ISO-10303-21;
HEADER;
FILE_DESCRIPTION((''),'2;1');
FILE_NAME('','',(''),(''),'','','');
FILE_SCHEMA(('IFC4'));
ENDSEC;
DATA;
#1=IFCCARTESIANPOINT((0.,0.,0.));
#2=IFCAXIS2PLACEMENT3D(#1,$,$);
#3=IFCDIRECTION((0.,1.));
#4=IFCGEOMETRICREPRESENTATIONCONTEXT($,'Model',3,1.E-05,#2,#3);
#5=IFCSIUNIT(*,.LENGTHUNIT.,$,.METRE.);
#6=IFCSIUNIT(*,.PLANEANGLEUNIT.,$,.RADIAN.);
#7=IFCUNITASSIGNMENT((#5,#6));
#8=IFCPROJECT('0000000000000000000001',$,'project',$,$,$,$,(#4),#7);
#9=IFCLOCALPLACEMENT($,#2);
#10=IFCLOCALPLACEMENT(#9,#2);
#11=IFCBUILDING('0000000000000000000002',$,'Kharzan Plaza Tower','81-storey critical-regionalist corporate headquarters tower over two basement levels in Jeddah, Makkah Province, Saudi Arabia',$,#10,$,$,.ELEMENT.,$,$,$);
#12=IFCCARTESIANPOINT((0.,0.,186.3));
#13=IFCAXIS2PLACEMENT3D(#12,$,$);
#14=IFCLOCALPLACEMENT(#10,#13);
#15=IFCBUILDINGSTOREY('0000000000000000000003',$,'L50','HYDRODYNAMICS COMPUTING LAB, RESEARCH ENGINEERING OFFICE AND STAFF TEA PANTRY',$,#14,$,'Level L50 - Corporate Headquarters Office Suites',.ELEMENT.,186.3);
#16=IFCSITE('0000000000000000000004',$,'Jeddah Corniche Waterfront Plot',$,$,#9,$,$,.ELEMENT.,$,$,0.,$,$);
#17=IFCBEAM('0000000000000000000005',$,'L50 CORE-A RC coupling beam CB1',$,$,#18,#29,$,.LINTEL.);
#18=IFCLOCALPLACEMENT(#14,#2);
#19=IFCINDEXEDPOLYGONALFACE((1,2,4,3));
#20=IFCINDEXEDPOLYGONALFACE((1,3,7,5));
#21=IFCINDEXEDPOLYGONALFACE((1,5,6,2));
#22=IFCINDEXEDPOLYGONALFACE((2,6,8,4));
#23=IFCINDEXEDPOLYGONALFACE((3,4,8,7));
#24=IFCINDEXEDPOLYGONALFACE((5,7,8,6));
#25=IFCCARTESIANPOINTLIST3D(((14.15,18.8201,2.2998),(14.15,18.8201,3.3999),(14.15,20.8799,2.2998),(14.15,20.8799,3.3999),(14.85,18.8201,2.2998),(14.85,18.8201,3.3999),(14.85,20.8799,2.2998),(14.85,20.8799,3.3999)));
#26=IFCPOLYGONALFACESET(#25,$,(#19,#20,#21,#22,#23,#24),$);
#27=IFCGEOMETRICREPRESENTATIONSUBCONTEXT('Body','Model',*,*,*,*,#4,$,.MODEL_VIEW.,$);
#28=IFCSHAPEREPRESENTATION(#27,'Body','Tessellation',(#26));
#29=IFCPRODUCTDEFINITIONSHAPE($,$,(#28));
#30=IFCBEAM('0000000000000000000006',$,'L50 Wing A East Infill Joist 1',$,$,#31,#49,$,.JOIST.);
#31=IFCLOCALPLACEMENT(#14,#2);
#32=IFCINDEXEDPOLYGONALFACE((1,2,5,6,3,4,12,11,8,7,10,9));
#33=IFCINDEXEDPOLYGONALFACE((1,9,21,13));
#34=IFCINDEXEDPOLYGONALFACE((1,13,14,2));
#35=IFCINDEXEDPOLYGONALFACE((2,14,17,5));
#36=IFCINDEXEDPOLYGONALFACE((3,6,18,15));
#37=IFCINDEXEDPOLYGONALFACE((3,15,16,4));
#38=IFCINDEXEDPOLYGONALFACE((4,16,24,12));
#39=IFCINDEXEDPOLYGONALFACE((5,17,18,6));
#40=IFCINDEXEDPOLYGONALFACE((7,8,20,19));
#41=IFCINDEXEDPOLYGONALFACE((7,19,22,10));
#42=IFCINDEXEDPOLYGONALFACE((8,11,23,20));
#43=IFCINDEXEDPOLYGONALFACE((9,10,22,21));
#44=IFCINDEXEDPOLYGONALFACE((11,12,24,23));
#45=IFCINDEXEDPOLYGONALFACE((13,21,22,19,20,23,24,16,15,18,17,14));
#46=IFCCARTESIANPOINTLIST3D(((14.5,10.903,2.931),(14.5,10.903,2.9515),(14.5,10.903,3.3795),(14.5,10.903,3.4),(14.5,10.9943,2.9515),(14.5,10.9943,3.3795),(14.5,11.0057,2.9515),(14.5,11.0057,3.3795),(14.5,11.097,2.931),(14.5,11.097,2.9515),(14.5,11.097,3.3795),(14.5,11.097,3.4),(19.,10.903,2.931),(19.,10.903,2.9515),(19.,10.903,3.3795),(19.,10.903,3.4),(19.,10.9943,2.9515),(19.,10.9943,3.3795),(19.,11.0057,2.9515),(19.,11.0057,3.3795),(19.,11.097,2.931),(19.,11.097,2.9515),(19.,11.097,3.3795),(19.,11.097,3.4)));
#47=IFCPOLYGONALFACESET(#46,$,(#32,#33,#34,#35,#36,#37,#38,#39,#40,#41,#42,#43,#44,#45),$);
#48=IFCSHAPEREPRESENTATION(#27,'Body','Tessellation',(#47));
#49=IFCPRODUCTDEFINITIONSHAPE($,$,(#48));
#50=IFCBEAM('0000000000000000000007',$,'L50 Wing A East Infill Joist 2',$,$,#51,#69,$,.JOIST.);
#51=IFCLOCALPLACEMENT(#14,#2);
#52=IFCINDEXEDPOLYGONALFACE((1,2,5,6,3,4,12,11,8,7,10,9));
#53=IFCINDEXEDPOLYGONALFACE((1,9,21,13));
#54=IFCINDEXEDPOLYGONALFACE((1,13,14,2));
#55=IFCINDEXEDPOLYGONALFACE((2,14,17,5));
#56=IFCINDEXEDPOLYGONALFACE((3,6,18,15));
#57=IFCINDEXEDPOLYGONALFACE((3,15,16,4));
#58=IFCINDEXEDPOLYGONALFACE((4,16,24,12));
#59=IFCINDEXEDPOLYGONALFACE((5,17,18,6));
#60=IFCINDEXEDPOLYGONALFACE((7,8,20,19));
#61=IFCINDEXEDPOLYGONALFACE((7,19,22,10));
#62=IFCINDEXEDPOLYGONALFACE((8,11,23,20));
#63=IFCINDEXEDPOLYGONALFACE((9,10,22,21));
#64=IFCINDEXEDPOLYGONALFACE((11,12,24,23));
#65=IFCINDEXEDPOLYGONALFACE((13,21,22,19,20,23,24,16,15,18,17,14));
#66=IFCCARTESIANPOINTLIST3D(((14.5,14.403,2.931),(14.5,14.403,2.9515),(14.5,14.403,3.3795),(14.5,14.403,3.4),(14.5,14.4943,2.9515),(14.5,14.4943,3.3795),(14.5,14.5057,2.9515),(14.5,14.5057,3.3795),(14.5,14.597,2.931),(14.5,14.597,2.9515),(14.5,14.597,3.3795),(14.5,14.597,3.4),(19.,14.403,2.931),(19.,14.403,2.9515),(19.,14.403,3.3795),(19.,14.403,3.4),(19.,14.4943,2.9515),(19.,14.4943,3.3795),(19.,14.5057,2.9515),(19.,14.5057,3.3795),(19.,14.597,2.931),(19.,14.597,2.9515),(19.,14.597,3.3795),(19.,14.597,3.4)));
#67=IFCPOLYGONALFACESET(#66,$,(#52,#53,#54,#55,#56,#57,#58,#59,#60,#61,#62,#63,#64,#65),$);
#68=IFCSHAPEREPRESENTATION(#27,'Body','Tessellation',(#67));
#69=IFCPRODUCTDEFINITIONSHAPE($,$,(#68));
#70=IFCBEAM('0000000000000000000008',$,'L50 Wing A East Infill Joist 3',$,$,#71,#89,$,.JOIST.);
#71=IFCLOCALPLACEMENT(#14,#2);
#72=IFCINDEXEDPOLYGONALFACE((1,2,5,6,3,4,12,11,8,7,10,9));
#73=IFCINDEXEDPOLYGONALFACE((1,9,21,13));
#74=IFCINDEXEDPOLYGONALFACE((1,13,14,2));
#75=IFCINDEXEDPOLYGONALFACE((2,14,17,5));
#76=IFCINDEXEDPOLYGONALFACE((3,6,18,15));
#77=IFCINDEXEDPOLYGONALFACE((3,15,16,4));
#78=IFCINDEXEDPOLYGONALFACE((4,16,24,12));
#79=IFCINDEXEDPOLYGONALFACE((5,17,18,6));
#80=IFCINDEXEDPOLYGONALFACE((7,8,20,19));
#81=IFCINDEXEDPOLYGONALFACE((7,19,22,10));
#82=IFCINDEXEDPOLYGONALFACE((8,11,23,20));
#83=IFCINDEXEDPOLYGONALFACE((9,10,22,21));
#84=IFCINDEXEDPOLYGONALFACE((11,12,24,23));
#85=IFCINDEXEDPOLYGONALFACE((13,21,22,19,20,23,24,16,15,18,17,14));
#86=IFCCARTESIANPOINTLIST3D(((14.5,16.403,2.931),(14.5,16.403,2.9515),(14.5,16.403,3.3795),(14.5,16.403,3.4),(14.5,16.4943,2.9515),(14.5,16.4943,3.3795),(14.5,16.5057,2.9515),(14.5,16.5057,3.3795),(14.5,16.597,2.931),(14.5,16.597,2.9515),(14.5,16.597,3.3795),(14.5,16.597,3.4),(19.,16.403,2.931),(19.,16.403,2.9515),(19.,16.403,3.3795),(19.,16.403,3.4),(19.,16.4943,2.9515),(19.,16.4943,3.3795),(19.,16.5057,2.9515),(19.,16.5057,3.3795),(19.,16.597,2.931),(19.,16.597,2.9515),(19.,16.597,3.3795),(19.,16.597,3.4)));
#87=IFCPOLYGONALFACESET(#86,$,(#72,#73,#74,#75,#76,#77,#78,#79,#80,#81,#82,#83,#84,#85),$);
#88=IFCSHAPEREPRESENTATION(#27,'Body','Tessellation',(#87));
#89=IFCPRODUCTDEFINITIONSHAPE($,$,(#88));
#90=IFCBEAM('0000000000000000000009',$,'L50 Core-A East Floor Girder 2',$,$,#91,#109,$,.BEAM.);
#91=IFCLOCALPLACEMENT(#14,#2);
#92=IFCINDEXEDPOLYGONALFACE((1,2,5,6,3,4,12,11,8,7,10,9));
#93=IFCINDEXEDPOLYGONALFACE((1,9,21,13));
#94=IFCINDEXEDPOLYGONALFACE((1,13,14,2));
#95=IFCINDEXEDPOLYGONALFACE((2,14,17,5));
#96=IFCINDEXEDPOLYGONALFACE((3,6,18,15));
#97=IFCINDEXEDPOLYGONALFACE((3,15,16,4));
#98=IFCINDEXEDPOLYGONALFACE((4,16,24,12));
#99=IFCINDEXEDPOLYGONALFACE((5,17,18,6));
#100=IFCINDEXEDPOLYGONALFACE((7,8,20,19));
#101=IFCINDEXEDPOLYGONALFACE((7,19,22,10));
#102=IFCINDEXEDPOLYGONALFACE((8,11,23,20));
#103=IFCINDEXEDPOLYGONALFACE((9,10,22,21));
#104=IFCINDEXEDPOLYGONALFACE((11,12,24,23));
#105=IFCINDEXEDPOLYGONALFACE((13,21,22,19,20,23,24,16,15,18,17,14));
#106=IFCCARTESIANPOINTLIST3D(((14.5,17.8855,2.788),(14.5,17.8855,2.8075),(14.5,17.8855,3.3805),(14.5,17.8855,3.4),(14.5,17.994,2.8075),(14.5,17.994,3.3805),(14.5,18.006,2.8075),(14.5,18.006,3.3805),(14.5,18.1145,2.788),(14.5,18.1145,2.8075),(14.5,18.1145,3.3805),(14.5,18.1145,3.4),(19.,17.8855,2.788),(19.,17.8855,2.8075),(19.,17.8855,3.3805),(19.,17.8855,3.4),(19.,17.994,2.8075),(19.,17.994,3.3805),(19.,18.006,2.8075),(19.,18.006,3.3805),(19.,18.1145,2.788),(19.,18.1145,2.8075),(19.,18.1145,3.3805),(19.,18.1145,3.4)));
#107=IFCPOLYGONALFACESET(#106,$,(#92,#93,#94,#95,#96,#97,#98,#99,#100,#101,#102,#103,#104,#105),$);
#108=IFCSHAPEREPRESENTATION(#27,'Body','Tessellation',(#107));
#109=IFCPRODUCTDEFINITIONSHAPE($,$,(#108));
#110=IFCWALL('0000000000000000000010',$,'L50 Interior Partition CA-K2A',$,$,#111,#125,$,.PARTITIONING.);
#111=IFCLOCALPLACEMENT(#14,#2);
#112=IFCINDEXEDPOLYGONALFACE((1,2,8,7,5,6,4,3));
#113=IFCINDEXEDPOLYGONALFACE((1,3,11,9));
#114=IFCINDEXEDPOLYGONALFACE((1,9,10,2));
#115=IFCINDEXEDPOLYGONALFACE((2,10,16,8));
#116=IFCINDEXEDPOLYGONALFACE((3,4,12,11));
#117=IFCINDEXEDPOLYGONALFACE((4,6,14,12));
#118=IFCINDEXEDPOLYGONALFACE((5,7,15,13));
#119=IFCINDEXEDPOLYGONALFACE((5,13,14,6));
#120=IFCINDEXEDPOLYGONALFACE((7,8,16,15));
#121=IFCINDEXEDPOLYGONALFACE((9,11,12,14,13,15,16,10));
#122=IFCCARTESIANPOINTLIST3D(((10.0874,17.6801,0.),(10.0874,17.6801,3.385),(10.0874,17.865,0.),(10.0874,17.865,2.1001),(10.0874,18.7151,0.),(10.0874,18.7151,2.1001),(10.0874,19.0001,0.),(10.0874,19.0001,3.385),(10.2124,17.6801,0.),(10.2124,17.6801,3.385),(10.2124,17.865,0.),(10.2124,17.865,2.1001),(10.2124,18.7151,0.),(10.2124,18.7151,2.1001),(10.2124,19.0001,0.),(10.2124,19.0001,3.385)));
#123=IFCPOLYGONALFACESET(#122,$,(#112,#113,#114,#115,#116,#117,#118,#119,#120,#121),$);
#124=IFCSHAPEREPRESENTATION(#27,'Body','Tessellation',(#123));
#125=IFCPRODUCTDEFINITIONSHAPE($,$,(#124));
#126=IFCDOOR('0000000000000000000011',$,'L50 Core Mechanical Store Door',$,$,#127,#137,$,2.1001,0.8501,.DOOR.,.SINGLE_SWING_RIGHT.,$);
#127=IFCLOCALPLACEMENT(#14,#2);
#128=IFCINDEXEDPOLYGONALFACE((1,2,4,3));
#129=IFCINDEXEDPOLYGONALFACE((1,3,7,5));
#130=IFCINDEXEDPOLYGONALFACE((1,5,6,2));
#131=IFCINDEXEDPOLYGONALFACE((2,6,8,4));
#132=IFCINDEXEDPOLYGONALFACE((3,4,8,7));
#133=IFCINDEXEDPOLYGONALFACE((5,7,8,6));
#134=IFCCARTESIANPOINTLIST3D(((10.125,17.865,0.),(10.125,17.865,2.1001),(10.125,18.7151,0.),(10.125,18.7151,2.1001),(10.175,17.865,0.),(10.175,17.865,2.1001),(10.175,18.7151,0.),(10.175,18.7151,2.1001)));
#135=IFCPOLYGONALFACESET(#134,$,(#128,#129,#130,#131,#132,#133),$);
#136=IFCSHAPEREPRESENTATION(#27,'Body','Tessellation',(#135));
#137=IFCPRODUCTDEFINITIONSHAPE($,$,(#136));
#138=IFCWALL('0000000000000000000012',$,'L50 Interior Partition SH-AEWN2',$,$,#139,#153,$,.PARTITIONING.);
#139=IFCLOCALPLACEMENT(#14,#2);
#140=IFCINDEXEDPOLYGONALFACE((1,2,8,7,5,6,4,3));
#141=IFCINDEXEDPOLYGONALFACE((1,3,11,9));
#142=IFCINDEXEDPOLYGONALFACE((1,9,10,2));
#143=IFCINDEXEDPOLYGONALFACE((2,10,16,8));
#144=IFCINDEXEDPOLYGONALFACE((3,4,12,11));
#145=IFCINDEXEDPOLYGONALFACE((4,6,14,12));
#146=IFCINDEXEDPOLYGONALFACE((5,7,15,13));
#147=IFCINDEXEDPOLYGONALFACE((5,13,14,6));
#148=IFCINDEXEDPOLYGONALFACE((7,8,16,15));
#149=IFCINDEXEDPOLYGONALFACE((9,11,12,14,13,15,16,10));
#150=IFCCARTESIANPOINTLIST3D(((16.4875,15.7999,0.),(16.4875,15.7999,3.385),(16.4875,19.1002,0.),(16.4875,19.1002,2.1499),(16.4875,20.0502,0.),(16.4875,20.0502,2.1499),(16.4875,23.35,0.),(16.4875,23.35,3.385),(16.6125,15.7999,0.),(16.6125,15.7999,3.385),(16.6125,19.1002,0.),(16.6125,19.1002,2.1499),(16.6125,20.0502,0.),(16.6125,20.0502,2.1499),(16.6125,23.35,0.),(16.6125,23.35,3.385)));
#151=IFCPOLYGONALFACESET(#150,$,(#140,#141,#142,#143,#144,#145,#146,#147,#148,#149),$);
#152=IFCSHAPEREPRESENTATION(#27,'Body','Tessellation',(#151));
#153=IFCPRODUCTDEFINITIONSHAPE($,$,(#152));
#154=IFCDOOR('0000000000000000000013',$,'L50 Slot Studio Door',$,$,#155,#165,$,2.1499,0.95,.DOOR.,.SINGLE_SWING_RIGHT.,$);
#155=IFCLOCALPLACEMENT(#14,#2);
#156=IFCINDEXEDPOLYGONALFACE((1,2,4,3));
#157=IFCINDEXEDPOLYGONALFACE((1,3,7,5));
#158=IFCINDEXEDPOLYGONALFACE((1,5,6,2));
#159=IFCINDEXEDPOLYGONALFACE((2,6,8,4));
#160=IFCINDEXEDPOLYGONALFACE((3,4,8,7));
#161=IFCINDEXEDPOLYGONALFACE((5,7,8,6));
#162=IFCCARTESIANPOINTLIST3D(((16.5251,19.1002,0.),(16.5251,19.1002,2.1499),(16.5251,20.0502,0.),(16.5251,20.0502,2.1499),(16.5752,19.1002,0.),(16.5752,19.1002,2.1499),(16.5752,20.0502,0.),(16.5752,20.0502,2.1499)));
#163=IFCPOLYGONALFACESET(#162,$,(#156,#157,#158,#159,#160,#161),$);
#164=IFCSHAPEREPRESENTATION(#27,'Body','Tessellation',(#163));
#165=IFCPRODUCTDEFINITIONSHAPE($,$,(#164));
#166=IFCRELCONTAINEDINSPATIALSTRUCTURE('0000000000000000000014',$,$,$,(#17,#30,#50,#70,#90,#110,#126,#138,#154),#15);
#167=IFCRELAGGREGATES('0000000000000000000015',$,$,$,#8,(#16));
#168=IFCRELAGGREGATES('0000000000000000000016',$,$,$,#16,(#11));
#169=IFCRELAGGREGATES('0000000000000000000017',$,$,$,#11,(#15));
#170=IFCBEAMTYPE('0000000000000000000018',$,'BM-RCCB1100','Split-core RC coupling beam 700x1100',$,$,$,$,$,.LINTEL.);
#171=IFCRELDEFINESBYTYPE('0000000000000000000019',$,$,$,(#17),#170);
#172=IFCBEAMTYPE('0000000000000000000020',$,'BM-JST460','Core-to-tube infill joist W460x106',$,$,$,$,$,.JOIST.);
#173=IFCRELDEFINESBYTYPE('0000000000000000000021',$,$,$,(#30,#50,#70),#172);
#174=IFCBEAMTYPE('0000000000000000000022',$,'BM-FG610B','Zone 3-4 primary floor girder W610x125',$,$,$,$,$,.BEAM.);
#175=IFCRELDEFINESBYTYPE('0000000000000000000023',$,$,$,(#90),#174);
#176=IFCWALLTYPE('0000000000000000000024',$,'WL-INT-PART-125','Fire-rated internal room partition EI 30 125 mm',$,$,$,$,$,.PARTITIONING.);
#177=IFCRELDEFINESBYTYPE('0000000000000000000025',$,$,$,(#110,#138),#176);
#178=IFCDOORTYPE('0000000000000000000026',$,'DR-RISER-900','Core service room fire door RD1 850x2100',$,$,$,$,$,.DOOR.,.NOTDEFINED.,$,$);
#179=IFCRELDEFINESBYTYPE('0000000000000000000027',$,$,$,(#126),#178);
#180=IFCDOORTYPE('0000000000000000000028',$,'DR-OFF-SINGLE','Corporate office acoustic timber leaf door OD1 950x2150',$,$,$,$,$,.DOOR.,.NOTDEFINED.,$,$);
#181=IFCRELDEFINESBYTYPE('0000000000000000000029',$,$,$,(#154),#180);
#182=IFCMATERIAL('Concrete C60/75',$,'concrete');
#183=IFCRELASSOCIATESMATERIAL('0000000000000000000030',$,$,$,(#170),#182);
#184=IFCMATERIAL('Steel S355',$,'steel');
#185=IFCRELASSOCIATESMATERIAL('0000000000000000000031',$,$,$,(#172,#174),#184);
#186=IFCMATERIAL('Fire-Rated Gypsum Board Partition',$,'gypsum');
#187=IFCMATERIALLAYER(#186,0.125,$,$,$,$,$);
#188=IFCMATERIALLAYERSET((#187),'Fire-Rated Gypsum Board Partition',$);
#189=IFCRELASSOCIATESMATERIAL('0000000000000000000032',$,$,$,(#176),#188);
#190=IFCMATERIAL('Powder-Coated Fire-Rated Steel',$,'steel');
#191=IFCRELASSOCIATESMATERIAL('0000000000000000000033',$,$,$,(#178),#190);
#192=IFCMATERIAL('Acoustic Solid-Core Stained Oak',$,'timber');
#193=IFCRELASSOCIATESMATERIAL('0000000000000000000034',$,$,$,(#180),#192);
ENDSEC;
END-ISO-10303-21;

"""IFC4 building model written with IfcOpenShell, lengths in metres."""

from ifc_helpers import new_model, si_unit, direction, frame, frame_2d, origin, origin_2d, place, context, subcontext, project, spatial, rectangle, i_section, extrude, source, transform, mapped, material, layer, layer_set, material_profile, profile_set, type_object, element, fill, save


model = new_model("IFC4")

# Units and contexts
model_context = context("Model", 3, precision=1e-05, world=origin(), true_north=direction((0.0, 1.0)))
body_context = subcontext(model_context, "Body", "Model", "MODEL_VIEW")
ifc_project = project(units=[si_unit("LENGTHUNIT", "METRE"), si_unit("PLANEANGLEUNIT", "RADIAN")], contexts=[model_context])

# Site, building, storey
site_placement = place(None, origin())
site = spatial("IfcSite", under=ifc_project, at=site_placement, Name="Jeddah Corniche Waterfront Plot", CompositionType="ELEMENT", RefElevation=0.0)
building_placement = place(site_placement, origin())
building = spatial("IfcBuilding", under=site, at=building_placement, Name="Kharzan Plaza Tower", Description="81-storey critical-regionalist corporate headquarters tower over two basement levels in Jeddah, Makkah Province, Saudi Arabia", CompositionType="ELEMENT")
storey_placement = place(building_placement, frame((0.0, 0.0, 186.3)))
storey = spatial("IfcBuildingStorey", under=building, at=storey_placement, Name="L50", Description="HYDRODYNAMICS COMPUTING LAB, RESEARCH ENGINEERING OFFICE AND STAFF TEA PANTRY", LongName="Level L50 - Corporate Headquarters Office Suites", CompositionType="ELEMENT", Elevation=186.3)

# Beams
ifc_material_1 = material(Name="Concrete C60/75", Category="concrete")
ifc_material_profile_1 = material_profile(ifc_material_1, rectangle(XDim=0.7, YDim=1.1001, at=origin_2d()), Name="RC-CB1100x700")
ifc_profile_set_1 = profile_set([ifc_material_profile_1], Name="Concrete C60/75")
beam_type_1 = type_object("IfcBeamType", Name="BM-RCCB1100", Description="Split-core RC coupling beam 700x1100", PredefinedType="LINTEL", material=ifc_profile_set_1)
shared_shape_1 = source(origin(), body_context, "Body", "SweptSolid", [
    extrude(rectangle(XDim=0.7, YDim=1.1001, at=origin_2d()), origin(), (0.0, 0.0, 1.0), 2.0598),
])
beam_1_placement = place(storey_placement, frame((14.5, 18.8201, 2.8499), z_axis=(0.0, 1.0, 0.0), x_axis=(-1.0, 0.0, 0.0)))
element("IfcBeam", 1, at=beam_1_placement, inside=storey, type_object=beam_type_1, Name="L50 CORE-A RC coupling beam CB1", PredefinedType="LINTEL", context=body_context, shape_type="MappedRepresentation", body=[
    mapped(shared_shape_1, transform((0.0, 0.0, 0.0), x_axis=(1.0, 0.0, 0.0), y_axis=(0.0, 1.0, 0.0), z_axis=(0.0, 0.0, 1.0))),
])
ifc_material_2 = material(Name="Steel S355", Category="steel")
ifc_material_profile_2 = material_profile(ifc_material_2, i_section(OverallWidth=0.1941, OverallDepth=0.469, WebThickness=0.0115, FlangeThickness=0.0205, at=origin_2d()), Name="W460x106")
ifc_profile_set_2 = profile_set([ifc_material_profile_2], Name="Steel S355")
beam_type_2 = type_object("IfcBeamType", Name="BM-JST460", Description="Core-to-tube infill joist W460x106", PredefinedType="JOIST", material=ifc_profile_set_2)
shared_shape_2 = source(origin(), body_context, "Body", "SweptSolid", [
    extrude(i_section(OverallWidth=0.1941, OverallDepth=0.469, WebThickness=0.0115, FlangeThickness=0.0205, at=origin_2d()), origin(), (0.0, 0.0, 1.0), 4.5),
])
for number, where, z_axis, x_axis, name in (
    (2, (14.5, 11.0, 3.1655), (1.0, 0.0, 0.0), (0.0, 1.0, 0.0), "L50 Wing A East Infill Joist 1"),
    (3, (14.5, 14.5, 3.1655), (1.0, 0.0, 0.0), (0.0, 1.0, 0.0), "L50 Wing A East Infill Joist 2"),
    (4, (14.5, 16.5, 3.1655), (1.0, 0.0, 0.0), (0.0, 1.0, 0.0), "L50 Wing A East Infill Joist 3"),
):
    element("IfcBeam", number, at=place(storey_placement, frame(where, z_axis=z_axis, x_axis=x_axis)), inside=storey, type_object=beam_type_2, Name=name, PredefinedType="JOIST", context=body_context, shape_type="MappedRepresentation", body=[
        mapped(shared_shape_2, transform((0.0, 0.0, 0.0), x_axis=(1.0, 0.0, 0.0), y_axis=(0.0, 1.0, 0.0), z_axis=(0.0, 0.0, 1.0))),
    ])
ifc_material_profile_3 = material_profile(ifc_material_2, i_section(OverallWidth=0.229, OverallDepth=0.6121, WebThickness=0.012, FlangeThickness=0.0195, at=origin_2d()), Name="W610x125")
ifc_profile_set_3 = profile_set([ifc_material_profile_3], Name="Steel S355")
beam_type_3 = type_object("IfcBeamType", Name="BM-FG610B", Description="Zone 3-4 primary floor girder W610x125", PredefinedType="BEAM", material=ifc_profile_set_3)
shared_shape_3 = source(origin(), body_context, "Body", "SweptSolid", [
    extrude(i_section(OverallWidth=0.229, OverallDepth=0.6121, WebThickness=0.012, FlangeThickness=0.0195, at=origin_2d()), origin(), (0.0, 0.0, 1.0), 4.5),
])
beam_2_placement = place(storey_placement, frame((14.5, 18.0, 3.094), z_axis=(1.0, 0.0, 0.0), x_axis=(0.0, 1.0, 0.0)))
element("IfcBeam", 5, at=beam_2_placement, inside=storey, type_object=beam_type_3, Name="L50 Core-A East Floor Girder 2", PredefinedType="BEAM", context=body_context, shape_type="MappedRepresentation", body=[
    mapped(shared_shape_3, transform((0.0, 0.0, 0.0), x_axis=(1.0, 0.0, 0.0), y_axis=(0.0, 1.0, 0.0), z_axis=(0.0, 0.0, 1.0))),
])

# Walls, openings, doors
ifc_material_3 = material(Name="Fire-Rated Gypsum Board Partition", Category="gypsum")
ifc_layer_1 = layer(ifc_material_3, 0.125)
ifc_layer_set_1 = layer_set([ifc_layer_1], Name="Fire-Rated Gypsum Board Partition")
wall_type_1 = type_object("IfcWallType", Name="WL-INT-PART-125", Description="Fire-rated internal room partition EI 30 125 mm", PredefinedType="PARTITIONING", material=ifc_layer_set_1)
wall_1_placement = place(storey_placement, frame((10.1499, 17.6799, 0.0), z_axis=(0.0, 0.0, 1.0), x_axis=(0.0, 1.0, 0.0)))
wall_1 = element("IfcWall", 6, at=wall_1_placement, inside=storey, type_object=wall_type_1, Name="L50 Interior Partition CA-K2A", PredefinedType="PARTITIONING", context=body_context, shape_type="SweptSolid", body=[
    extrude(rectangle(XDim=1.3201, YDim=0.125, at=frame_2d((0.6602, 0.0))), origin(), (0.0, 0.0, 1.0), 3.385),
])
opening_1_placement = place(wall_1_placement, frame((0.1851, 0.0, 0.0)))
opening_1 = element("IfcOpeningElement", 7, at=opening_1_placement, cuts=wall_1, PredefinedType="OPENING", context=body_context, shape_type="SweptSolid", body=[
    extrude(rectangle(XDim=0.8501, YDim=2.1001, at=frame_2d((0.425, 1.05))), frame((0.0, 0.0725, 0.0), z_axis=(0.0, -1.0, 0.0), x_axis=(1.0, 0.0, 0.0)), (0.0, 0.0, 1.0), 0.145),
])
ifc_material_4 = material(Name="Powder-Coated Fire-Rated Steel", Category="steel")
door_type_1 = type_object("IfcDoorType", Name="DR-RISER-900", Description="Core service room fire door RD1 850x2100", OperationType="NOTDEFINED", PredefinedType="DOOR", material=ifc_material_4)
shared_shape_4 = source(origin(), body_context, "Body", "SweptSolid", [
    extrude(rectangle(XDim=0.8501, YDim=2.1001, at=frame_2d((0.425, 1.05))), frame((0.0, 0.0249, 0.0), z_axis=(0.0, -1.0, 0.0), x_axis=(1.0, 0.0, 0.0)), (0.0, 0.0, 1.0), 0.05),
])
door_1_placement = place(opening_1_placement, origin())
door_1 = element("IfcDoor", 8, at=door_1_placement, inside=storey, type_object=door_type_1, Name="L50 Core Mechanical Store Door", OperationType="SINGLE_SWING_RIGHT", OverallHeight=2.1001, OverallWidth=0.8501, PredefinedType="DOOR", context=body_context, shape_type="MappedRepresentation", body=[
    mapped(shared_shape_4, transform((0.0, 0.0, 0.0), x_axis=(1.0, 0.0, 0.0), y_axis=(0.0, 1.0, 0.0), z_axis=(0.0, 0.0, 1.0))),
])
fill(opening_1, door_1)
ifc_material_5 = material(Name="Acoustic Solid-Core Stained Oak", Category="timber")
door_type_2 = type_object("IfcDoorType", Name="DR-OFF-SINGLE", Description="Corporate office acoustic timber leaf door OD1 950x2150", OperationType="NOTDEFINED", PredefinedType="DOOR", material=ifc_material_5)
shared_shape_5 = source(origin(), body_context, "Body", "SweptSolid", [
    extrude(rectangle(XDim=0.95, YDim=2.1499, at=frame_2d((0.4751, 1.075))), frame((0.0, 0.0249, 0.0), z_axis=(0.0, -1.0, 0.0), x_axis=(1.0, 0.0, 0.0)), (0.0, 0.0, 1.0), 0.05),
])
wall_2_placement = place(storey_placement, frame((16.55, 15.8, 0.0), z_axis=(0.0, 0.0, 1.0), x_axis=(0.0, 1.0, 0.0)))
wall_2 = element("IfcWall", 9, at=wall_2_placement, inside=storey, type_object=wall_type_1, Name="L50 Interior Partition SH-AEWN2", PredefinedType="PARTITIONING", context=body_context, shape_type="SweptSolid", body=[
    extrude(rectangle(XDim=7.55, YDim=0.125, at=frame_2d((3.7749, 0.0))), origin(), (0.0, 0.0, 1.0), 3.385),
])
opening_2_placement = place(wall_2_placement, frame((3.3, 0.0, 0.0)))
opening_2 = element("IfcOpeningElement", 10, at=opening_2_placement, cuts=wall_2, PredefinedType="OPENING", context=body_context, shape_type="SweptSolid", body=[
    extrude(rectangle(XDim=0.95, YDim=2.1499, at=frame_2d((0.4751, 1.075))), frame((0.0, 0.0725, 0.0), z_axis=(0.0, -1.0, 0.0), x_axis=(1.0, 0.0, 0.0)), (0.0, 0.0, 1.0), 0.145),
])
door_2_placement = place(opening_2_placement, origin())
door_2 = element("IfcDoor", 11, at=door_2_placement, inside=storey, type_object=door_type_2, Name="L50 Slot Studio Door", OperationType="SINGLE_SWING_RIGHT", OverallHeight=2.1499, OverallWidth=0.95, PredefinedType="DOOR", context=body_context, shape_type="MappedRepresentation", body=[
    mapped(shared_shape_5, transform((0.0, 0.0, 0.0), x_axis=(1.0, 0.0, 0.0), y_axis=(0.0, 1.0, 0.0), z_axis=(0.0, 0.0, 1.0))),
])
fill(opening_2, door_2)

save(model, "model.ifc")
